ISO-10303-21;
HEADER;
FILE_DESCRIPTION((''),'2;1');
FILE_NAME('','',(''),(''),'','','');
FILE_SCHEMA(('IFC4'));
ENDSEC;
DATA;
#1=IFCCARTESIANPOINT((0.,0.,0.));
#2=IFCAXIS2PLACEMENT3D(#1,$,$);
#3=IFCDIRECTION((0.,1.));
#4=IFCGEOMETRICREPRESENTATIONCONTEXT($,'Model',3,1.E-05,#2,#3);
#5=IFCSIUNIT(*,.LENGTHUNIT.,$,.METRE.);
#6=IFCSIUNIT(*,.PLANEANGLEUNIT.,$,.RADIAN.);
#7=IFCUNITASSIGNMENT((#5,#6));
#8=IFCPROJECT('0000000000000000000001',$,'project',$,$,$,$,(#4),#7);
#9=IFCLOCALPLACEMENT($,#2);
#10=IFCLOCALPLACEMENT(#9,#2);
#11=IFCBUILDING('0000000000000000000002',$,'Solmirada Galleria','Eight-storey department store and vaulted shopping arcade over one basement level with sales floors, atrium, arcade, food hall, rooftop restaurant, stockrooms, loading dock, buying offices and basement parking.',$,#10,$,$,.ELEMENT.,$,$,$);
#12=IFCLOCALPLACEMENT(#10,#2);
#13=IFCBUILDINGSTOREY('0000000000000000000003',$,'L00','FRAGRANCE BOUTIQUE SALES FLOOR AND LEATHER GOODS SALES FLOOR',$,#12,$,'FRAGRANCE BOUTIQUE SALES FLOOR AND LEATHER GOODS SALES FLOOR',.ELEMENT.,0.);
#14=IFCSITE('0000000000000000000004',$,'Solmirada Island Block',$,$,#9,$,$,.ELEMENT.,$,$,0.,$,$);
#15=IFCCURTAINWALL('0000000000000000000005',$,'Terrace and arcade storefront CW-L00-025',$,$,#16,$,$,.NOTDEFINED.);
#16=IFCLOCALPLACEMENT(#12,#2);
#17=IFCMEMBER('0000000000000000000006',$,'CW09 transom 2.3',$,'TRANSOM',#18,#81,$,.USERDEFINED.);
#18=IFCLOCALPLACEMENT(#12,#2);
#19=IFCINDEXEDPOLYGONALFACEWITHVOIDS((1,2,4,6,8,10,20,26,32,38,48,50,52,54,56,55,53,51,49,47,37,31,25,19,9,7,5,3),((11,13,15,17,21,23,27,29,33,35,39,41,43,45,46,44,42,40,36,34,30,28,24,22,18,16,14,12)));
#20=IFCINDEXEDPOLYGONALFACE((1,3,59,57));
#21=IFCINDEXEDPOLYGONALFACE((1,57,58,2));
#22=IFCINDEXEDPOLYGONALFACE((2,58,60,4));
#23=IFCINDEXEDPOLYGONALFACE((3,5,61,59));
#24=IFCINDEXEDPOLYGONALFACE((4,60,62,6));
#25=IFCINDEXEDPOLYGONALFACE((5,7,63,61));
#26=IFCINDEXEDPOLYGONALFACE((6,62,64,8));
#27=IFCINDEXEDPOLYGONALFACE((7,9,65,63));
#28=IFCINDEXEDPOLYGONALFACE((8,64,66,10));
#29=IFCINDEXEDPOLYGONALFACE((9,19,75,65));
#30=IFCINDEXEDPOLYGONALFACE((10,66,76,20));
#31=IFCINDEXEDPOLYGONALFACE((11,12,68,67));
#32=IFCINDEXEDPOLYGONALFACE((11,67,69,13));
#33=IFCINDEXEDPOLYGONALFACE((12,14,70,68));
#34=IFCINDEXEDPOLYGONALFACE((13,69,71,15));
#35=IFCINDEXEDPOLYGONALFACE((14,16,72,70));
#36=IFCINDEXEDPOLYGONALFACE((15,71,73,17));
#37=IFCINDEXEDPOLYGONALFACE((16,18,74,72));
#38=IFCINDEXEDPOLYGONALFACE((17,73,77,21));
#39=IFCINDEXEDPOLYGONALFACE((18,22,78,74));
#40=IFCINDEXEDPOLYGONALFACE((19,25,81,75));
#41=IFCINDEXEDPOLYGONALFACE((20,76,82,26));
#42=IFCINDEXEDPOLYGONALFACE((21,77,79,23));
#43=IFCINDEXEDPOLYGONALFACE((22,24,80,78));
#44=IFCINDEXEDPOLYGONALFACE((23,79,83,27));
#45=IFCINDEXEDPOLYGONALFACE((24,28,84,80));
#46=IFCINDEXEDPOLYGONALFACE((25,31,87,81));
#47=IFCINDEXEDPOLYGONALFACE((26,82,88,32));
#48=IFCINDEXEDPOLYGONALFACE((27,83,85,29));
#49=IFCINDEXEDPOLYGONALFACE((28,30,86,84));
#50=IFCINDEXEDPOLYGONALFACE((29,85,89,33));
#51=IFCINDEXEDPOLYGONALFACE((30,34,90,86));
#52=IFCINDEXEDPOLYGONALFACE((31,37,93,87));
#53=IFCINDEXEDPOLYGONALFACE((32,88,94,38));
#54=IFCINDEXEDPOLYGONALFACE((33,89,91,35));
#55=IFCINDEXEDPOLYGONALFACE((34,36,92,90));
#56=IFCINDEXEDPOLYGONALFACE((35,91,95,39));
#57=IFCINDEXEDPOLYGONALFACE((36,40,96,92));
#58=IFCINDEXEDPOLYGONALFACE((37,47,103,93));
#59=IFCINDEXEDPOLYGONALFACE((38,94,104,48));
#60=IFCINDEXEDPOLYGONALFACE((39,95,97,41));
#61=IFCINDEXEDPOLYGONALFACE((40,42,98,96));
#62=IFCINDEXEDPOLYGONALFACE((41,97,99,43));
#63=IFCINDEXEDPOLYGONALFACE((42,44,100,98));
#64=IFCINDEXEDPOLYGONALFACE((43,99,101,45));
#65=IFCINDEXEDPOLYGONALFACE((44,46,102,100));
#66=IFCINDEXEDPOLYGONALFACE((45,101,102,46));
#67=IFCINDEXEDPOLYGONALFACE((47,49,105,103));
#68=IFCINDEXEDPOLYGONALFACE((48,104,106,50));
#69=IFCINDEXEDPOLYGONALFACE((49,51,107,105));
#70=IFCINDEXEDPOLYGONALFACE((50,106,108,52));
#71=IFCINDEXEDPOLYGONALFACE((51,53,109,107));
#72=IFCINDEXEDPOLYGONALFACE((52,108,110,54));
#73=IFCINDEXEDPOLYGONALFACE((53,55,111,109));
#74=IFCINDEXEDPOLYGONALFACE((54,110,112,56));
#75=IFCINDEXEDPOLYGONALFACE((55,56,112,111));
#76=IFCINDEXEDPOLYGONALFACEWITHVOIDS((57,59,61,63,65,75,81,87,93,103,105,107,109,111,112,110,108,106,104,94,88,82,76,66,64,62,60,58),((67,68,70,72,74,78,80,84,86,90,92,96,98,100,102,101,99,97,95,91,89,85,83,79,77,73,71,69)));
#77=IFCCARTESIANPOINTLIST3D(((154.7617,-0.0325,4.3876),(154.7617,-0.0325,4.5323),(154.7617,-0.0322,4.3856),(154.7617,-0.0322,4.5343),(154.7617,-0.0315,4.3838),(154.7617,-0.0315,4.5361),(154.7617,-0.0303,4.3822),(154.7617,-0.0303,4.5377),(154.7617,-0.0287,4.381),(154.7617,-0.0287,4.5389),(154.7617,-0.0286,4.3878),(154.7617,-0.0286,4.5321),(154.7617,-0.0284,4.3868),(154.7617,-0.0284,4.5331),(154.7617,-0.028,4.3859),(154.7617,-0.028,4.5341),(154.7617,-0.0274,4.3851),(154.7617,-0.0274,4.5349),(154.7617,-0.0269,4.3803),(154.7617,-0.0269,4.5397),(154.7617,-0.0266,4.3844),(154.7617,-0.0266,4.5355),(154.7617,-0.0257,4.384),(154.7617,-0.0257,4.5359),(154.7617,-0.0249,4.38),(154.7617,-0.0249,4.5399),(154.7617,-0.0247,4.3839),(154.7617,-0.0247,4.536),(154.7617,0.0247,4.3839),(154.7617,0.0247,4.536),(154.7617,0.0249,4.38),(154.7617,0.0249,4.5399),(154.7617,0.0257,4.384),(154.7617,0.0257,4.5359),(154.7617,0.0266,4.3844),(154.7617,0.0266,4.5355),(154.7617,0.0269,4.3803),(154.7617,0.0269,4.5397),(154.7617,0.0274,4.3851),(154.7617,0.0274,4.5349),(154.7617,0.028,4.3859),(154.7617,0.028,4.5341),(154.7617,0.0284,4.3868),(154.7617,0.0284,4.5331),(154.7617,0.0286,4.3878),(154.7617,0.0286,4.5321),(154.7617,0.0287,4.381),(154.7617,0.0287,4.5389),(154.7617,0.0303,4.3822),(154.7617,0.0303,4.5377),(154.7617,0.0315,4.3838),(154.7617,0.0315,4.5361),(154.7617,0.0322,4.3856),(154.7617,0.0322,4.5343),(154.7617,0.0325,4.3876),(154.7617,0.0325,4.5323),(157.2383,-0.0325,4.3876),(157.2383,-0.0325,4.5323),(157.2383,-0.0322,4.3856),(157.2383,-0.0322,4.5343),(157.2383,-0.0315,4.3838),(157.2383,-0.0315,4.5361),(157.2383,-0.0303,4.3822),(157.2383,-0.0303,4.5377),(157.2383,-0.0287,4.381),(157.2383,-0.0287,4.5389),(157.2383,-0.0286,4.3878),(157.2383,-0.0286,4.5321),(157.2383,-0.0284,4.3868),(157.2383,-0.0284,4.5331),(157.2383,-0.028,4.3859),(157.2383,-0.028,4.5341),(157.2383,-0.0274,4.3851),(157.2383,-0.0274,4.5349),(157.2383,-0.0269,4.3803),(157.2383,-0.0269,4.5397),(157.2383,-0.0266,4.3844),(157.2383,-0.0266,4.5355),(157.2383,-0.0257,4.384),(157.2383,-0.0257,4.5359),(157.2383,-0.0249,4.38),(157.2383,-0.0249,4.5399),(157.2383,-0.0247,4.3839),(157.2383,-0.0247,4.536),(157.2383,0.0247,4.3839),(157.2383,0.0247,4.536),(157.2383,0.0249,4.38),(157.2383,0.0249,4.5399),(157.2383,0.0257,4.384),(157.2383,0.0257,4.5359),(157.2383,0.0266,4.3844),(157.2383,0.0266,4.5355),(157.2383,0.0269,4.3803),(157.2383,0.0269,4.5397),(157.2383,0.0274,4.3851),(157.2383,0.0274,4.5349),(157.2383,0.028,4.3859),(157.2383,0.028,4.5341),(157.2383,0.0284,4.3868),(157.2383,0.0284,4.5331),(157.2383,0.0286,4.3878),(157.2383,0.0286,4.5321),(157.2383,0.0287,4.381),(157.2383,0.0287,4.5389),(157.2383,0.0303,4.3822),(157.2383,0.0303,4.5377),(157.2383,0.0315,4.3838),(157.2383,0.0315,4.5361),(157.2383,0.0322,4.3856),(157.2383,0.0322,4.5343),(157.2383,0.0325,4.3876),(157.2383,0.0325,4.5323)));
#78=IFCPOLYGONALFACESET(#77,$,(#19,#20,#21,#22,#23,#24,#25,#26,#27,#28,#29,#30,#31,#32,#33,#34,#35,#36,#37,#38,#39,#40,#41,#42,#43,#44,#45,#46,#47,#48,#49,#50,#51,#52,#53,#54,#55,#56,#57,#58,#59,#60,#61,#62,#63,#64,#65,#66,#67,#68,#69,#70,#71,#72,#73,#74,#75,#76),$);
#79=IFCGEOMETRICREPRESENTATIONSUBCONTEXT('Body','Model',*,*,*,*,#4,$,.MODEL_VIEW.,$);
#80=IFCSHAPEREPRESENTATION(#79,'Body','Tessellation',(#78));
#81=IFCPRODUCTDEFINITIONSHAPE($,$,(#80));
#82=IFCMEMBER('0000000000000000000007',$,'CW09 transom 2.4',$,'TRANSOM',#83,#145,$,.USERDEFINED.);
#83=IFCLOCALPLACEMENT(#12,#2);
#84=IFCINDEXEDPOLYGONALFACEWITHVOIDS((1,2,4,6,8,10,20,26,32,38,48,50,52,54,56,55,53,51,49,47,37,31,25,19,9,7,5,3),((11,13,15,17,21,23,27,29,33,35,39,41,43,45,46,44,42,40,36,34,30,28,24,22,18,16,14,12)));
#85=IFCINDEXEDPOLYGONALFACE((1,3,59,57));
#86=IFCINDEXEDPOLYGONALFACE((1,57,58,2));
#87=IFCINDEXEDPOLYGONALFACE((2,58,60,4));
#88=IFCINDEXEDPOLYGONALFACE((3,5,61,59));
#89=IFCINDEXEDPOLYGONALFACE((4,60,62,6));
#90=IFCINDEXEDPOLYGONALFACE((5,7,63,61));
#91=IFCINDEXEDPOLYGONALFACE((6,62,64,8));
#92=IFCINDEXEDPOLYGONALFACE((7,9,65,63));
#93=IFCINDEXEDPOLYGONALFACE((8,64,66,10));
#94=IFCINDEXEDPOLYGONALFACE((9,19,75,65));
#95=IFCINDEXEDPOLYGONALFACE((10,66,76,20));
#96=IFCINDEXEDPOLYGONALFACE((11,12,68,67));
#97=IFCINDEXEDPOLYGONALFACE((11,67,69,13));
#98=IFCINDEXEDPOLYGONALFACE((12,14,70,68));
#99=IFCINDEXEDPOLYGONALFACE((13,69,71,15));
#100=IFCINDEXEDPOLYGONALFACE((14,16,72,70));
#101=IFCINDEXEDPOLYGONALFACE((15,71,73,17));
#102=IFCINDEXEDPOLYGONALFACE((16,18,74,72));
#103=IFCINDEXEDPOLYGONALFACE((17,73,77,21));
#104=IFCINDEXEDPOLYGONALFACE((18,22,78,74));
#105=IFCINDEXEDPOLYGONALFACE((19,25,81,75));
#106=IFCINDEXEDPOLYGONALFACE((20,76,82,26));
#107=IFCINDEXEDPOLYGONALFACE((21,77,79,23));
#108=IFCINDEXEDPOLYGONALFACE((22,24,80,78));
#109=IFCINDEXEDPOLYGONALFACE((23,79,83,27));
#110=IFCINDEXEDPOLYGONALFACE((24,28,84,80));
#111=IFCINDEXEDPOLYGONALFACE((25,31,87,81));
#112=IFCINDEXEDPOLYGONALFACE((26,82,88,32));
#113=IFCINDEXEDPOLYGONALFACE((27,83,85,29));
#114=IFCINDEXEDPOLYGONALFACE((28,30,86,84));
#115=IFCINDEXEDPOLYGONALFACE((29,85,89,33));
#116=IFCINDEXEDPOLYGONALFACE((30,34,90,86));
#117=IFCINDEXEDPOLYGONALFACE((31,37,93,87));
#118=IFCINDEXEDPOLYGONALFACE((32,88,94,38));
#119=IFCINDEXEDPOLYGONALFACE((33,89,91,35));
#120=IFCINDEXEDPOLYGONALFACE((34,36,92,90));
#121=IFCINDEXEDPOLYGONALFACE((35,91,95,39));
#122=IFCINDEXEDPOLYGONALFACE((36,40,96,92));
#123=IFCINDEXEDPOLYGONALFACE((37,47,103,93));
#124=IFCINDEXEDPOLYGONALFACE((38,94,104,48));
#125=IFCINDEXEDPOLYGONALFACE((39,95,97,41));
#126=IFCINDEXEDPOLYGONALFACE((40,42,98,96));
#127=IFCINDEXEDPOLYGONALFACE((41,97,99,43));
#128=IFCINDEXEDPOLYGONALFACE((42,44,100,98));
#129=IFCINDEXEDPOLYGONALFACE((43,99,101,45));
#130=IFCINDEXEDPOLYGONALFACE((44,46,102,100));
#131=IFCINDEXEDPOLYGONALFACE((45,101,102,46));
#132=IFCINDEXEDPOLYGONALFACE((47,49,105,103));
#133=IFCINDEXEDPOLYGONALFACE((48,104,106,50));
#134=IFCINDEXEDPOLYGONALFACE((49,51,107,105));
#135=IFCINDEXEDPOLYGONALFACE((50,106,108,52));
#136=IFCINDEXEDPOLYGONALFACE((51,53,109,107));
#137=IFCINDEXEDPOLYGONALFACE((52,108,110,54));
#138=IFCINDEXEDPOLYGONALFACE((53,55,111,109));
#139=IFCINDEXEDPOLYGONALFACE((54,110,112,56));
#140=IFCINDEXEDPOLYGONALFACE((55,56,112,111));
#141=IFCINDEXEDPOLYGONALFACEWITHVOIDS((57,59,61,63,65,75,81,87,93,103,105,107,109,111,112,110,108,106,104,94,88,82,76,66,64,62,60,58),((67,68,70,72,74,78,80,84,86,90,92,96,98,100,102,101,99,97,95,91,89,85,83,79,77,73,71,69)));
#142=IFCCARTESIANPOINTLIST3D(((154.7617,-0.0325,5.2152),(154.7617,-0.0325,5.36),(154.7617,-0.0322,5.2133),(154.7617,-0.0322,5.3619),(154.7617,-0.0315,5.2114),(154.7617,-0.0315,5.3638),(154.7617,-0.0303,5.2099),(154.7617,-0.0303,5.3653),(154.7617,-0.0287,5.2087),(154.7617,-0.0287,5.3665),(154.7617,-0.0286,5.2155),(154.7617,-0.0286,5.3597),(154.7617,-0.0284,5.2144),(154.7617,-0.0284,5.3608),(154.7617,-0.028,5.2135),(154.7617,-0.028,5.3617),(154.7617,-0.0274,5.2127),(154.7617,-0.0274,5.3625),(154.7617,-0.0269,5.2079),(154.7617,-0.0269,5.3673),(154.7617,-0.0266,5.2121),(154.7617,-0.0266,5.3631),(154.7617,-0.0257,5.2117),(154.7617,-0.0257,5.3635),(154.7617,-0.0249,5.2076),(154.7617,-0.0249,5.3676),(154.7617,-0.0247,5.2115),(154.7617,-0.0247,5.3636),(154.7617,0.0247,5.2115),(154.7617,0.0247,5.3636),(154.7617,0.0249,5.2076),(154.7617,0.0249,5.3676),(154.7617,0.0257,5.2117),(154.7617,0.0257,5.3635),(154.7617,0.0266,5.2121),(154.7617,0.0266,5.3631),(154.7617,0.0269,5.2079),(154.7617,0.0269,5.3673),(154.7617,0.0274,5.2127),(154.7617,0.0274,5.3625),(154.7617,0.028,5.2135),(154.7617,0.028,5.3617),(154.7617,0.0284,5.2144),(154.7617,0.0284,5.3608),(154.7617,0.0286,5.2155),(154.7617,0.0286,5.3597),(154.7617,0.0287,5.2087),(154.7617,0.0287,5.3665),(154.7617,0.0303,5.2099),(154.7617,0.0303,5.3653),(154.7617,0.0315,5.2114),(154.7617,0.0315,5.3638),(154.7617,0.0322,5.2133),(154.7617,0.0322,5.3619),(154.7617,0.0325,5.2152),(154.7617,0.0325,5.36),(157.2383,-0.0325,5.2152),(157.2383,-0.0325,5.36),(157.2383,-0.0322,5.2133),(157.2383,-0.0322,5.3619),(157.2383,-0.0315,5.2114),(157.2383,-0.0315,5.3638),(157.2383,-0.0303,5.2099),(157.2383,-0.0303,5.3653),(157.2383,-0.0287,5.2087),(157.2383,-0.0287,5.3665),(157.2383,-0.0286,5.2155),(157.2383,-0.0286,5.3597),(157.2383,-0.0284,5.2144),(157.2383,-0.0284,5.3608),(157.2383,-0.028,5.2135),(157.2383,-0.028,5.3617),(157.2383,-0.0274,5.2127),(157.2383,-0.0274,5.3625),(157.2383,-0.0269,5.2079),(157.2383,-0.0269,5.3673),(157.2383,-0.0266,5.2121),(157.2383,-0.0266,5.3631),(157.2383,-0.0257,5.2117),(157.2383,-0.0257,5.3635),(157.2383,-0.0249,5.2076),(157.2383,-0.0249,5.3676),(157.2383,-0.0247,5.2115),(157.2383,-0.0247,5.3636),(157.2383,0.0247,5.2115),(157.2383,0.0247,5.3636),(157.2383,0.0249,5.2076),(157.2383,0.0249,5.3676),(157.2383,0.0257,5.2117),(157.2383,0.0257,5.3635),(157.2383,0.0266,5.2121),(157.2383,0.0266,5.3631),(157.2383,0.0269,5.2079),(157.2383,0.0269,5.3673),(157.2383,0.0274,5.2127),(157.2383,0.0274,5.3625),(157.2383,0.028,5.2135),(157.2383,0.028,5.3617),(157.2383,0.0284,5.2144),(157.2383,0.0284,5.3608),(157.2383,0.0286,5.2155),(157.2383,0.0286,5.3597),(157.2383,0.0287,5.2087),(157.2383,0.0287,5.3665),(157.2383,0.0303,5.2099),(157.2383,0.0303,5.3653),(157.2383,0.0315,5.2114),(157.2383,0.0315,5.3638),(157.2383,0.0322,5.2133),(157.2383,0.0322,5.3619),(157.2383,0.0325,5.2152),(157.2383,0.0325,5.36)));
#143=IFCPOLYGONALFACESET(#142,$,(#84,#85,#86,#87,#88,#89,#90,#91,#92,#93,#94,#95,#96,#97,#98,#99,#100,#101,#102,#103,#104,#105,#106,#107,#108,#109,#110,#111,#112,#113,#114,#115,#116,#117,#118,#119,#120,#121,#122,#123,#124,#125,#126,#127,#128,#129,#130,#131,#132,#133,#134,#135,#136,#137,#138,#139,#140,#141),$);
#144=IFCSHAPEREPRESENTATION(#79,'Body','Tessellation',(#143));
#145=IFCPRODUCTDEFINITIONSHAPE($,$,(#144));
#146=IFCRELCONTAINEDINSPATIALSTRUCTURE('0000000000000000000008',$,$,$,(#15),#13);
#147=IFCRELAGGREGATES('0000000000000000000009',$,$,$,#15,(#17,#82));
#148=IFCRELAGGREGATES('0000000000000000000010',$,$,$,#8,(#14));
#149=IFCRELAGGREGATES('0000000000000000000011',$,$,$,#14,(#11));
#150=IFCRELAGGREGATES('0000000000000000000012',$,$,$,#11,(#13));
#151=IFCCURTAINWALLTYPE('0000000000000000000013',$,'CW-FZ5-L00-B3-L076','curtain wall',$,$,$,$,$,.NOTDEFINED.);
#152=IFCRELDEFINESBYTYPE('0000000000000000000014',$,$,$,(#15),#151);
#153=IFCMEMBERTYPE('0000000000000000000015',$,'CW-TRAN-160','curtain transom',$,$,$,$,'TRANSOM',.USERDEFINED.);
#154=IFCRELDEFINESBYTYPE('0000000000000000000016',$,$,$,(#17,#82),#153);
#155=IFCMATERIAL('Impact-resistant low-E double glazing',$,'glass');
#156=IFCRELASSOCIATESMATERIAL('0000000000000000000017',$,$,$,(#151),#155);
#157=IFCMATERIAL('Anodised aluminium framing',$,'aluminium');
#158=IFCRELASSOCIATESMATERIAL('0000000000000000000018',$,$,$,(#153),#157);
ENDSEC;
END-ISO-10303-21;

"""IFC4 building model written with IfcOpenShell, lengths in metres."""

from ifc_helpers import new_model, si_unit, direction, frame, origin, origin_2d, place, context, subcontext, project, spatial, hollow_rectangle, extrude, material, material_profile, profile_set, type_object, element, aggregate, save


model = new_model("IFC4")

# Units and contexts
model_context = context("Model", 3, precision=1e-05, world=origin(), true_north=direction((0.0, 1.0)))
body_context = subcontext(model_context, "Body", "Model", "MODEL_VIEW")
ifc_project = project(units=[si_unit("LENGTHUNIT", "METRE"), si_unit("PLANEANGLEUNIT", "RADIAN")], contexts=[model_context])

# Site, building, storey
site_placement = place(None, origin())
site = spatial("IfcSite", under=ifc_project, at=site_placement, Name="Solmirada Island Block", CompositionType="ELEMENT", RefElevation=0.0)
building_placement = place(site_placement, origin())
building = spatial("IfcBuilding", under=site, at=building_placement, Name="Solmirada Galleria", Description="Eight-storey department store and vaulted shopping arcade over one basement level with sales floors, atrium, arcade, food hall, rooftop restaurant, stockrooms, loading dock, buying offices and basement parking.", CompositionType="ELEMENT")
storey_placement = place(building_placement, origin())
storey = spatial("IfcBuildingStorey", under=building, at=storey_placement, Name="L00", Description="FRAGRANCE BOUTIQUE SALES FLOOR AND LEATHER GOODS SALES FLOOR", LongName="FRAGRANCE BOUTIQUE SALES FLOOR AND LEATHER GOODS SALES FLOOR", CompositionType="ELEMENT", Elevation=0.0)

# Curtain wall, members
ifc_material_1 = material(Name="Impact-resistant low-E double glazing", Category="glass")
curtain_wall_type = type_object("IfcCurtainWallType", Name="CW-FZ5-L00-B3-L076", Description="curtain wall", PredefinedType="NOTDEFINED", material=ifc_material_1)
curtain_wall_placement = place(storey_placement, origin())
curtain_wall = element("IfcCurtainWall", 1, at=curtain_wall_placement, inside=storey, type_object=curtain_wall_type, Name="Terrace and arcade storefront CW-L00-025", PredefinedType="NOTDEFINED")
ifc_material_2 = material(Name="Anodised aluminium framing", Category="aluminium")
ifc_material_profile_1 = material_profile(ifc_material_2, hollow_rectangle(XDim=0.0649, YDim=0.1599, WallThickness=0.0039, InnerFilletRadius=0.0039, OuterFilletRadius=0.0076, at=origin_2d()), Name="ALU-TRAN-160X65")
ifc_profile_set_1 = profile_set([ifc_material_profile_1], Name="Anodised aluminium framing")
member_type_1 = type_object("IfcMemberType", Name="CW-TRAN-160", Description="curtain transom", ElementType="TRANSOM", PredefinedType="USERDEFINED", material=ifc_profile_set_1)
member_1_placement = place(storey_placement, frame((157.2383, 0.0, 4.46), z_axis=(-1.0, 0.0, 0.0), x_axis=(0.0, -1.0, 0.0)))
member_1 = element("IfcMember", 2, at=member_1_placement, type_object=member_type_1, Name="CW09 transom 2.3", ObjectType="TRANSOM", PredefinedType="USERDEFINED", context=body_context, shape_type="SweptSolid", body=[
    extrude(hollow_rectangle(XDim=0.0649, YDim=0.1599, WallThickness=0.0039, InnerFilletRadius=0.0039, OuterFilletRadius=0.0076, at=origin_2d()), origin(), (0.0, 0.0, 1.0), 2.4766),
])
member_2_placement = place(storey_placement, frame((157.2383, 0.0, 5.2876), z_axis=(-1.0, 0.0, 0.0), x_axis=(0.0, -1.0, 0.0)))
member_2 = element("IfcMember", 3, at=member_2_placement, type_object=member_type_1, Name="CW09 transom 2.4", ObjectType="TRANSOM", PredefinedType="USERDEFINED", context=body_context, shape_type="SweptSolid", body=[
    extrude(hollow_rectangle(XDim=0.0649, YDim=0.1599, WallThickness=0.0039, InnerFilletRadius=0.0039, OuterFilletRadius=0.0076, at=origin_2d()), origin(), (0.0, 0.0, 1.0), 2.4766),
])
aggregate(curtain_wall, [member_1, member_2])

save(model, "model.ifc")
